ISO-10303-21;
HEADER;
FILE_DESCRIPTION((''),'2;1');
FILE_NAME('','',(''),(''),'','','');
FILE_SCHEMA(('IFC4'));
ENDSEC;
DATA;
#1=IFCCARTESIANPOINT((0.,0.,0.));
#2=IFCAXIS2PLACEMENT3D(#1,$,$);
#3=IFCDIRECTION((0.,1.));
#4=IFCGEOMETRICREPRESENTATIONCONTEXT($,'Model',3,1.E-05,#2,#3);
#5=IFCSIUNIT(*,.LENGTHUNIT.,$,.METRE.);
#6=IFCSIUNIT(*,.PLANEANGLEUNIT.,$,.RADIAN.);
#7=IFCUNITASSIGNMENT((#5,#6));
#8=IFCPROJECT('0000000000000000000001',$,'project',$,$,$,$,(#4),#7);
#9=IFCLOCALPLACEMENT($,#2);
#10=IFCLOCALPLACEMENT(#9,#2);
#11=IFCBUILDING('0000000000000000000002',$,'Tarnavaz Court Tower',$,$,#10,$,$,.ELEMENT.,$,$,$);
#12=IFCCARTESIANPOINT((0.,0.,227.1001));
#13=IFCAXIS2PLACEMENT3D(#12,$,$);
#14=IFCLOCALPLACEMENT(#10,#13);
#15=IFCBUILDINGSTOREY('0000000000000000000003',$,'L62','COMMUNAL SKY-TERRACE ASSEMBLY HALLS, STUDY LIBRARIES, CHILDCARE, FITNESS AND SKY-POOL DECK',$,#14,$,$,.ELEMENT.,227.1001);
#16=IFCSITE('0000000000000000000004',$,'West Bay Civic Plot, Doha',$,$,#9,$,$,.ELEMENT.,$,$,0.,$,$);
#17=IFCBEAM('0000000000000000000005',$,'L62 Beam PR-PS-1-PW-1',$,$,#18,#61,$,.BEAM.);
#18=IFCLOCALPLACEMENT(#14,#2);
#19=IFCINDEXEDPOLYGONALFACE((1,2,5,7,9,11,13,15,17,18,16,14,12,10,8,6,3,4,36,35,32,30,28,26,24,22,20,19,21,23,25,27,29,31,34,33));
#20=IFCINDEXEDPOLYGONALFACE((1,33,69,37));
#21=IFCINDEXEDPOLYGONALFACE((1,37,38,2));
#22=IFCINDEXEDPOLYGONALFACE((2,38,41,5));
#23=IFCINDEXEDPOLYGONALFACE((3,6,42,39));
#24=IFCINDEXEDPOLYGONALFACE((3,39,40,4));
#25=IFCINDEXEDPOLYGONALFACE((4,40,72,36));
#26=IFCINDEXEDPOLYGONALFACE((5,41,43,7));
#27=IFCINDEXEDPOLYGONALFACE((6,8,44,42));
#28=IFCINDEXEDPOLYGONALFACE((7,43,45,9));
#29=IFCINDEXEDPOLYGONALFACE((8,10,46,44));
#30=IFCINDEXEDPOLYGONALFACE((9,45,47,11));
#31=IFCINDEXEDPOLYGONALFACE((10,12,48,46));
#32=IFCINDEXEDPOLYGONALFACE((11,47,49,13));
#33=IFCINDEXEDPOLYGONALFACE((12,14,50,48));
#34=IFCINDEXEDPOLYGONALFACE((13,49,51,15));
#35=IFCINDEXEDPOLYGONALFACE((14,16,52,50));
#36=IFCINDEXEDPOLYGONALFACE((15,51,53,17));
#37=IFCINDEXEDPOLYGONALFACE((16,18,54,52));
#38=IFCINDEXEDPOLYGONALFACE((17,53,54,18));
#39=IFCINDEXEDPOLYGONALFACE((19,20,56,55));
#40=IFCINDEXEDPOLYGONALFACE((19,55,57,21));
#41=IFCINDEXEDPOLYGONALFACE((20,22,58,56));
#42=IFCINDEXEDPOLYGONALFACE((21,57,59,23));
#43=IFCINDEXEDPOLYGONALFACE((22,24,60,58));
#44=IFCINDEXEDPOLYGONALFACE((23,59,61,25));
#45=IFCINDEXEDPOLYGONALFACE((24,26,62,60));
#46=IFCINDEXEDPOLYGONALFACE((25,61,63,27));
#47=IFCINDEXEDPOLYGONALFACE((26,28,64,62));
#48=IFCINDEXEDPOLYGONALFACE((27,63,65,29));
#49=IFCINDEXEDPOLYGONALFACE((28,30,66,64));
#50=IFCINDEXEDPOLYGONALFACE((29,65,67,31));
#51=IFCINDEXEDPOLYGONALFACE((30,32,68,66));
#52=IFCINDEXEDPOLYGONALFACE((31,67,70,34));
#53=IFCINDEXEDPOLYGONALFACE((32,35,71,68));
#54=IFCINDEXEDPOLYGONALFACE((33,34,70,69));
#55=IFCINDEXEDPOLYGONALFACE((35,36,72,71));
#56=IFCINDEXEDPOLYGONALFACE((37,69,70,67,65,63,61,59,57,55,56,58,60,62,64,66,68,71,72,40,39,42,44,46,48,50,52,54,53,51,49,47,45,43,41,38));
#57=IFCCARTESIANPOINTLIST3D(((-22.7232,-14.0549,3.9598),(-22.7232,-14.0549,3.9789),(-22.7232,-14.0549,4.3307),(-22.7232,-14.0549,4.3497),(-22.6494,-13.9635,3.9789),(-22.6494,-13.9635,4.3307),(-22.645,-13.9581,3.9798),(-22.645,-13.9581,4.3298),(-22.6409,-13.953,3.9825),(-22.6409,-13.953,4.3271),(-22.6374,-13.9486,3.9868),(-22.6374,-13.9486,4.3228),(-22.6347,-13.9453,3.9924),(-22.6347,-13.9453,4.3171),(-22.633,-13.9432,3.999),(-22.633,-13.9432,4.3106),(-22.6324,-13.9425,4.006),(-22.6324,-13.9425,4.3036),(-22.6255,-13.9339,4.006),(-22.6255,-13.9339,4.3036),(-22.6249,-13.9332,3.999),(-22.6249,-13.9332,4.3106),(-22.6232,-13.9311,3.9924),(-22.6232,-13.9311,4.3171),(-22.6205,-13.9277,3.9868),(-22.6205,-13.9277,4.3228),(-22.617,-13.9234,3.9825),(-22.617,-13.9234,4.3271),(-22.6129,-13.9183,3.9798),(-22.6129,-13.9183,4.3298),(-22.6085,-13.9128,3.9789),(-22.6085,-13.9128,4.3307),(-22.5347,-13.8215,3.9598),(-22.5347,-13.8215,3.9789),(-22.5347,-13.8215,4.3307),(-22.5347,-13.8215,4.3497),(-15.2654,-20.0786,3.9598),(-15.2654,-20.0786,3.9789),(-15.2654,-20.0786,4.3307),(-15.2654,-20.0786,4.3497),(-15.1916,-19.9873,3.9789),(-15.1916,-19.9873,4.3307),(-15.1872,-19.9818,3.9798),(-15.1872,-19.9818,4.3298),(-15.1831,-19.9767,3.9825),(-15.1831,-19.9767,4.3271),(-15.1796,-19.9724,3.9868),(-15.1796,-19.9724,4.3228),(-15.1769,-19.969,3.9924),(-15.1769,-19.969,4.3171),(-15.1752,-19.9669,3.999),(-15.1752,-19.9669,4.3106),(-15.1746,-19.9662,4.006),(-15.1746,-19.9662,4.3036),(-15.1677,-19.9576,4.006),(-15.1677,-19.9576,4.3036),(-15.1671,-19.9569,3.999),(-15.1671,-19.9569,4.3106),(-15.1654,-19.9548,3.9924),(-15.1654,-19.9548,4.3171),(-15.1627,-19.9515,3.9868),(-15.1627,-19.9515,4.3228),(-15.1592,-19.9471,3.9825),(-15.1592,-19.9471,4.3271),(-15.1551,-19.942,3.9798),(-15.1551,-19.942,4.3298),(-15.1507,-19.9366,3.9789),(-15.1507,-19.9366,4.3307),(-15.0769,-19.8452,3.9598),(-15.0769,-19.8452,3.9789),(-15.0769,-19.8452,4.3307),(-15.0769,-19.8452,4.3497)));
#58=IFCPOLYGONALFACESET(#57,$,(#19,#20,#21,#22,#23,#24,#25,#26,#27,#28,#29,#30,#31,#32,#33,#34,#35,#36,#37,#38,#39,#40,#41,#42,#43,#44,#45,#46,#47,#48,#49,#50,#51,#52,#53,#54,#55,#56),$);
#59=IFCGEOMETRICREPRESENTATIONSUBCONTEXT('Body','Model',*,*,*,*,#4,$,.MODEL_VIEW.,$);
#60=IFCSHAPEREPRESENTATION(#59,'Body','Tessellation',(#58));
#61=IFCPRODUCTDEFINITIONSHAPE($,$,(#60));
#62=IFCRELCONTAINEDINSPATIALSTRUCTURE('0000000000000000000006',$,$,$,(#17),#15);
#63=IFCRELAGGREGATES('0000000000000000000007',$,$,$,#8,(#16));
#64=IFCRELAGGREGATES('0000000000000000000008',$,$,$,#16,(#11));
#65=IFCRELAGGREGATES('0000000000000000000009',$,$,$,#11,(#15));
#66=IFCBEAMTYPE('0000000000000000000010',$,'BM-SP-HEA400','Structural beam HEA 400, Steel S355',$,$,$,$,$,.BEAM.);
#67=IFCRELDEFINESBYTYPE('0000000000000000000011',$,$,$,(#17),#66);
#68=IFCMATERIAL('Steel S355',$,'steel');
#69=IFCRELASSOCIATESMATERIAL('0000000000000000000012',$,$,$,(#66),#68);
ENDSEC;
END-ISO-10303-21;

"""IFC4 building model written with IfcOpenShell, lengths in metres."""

from ifc_helpers import new_model, si_unit, direction, frame, origin, origin_2d, place, context, subcontext, project, spatial, i_section, extrude, material, material_profile, profile_set, type_object, element, save


model = new_model("IFC4")

# Units and contexts
model_context = context("Model", 3, precision=1e-05, world=origin(), true_north=direction((0.0, 1.0)))
body_context = subcontext(model_context, "Body", "Model", "MODEL_VIEW")
ifc_project = project(units=[si_unit("LENGTHUNIT", "METRE"), si_unit("PLANEANGLEUNIT", "RADIAN")], contexts=[model_context])

# Site, building, storey
site_placement = place(None, origin())
site = spatial("IfcSite", under=ifc_project, at=site_placement, Name="West Bay Civic Plot, Doha", CompositionType="ELEMENT", RefElevation=0.0)
building_placement = place(site_placement, origin())
building = spatial("IfcBuilding", under=site, at=building_placement, Name="Tarnavaz Court Tower", CompositionType="ELEMENT")
storey_placement = place(building_placement, frame((0.0, 0.0, 227.1001)))
storey = spatial("IfcBuildingStorey", under=building, at=storey_placement, Name="L62", Description="COMMUNAL SKY-TERRACE ASSEMBLY HALLS, STUDY LIBRARIES, CHILDCARE, FITNESS AND SKY-POOL DECK", CompositionType="ELEMENT", Elevation=227.1001)

# Beam
ifc_material_1 = material(Name="Steel S355", Category="steel")
ifc_material_profile_1 = material_profile(ifc_material_1, i_section(OverallWidth=0.3, OverallDepth=0.3899, WebThickness=0.011, FlangeThickness=0.019, FilletRadius=0.0271, at=origin_2d()), Name="HEA 400")
ifc_profile_set_1 = profile_set([ifc_material_profile_1], Name="Steel S355")
beam_type_1 = type_object("IfcBeamType", Name="BM-SP-HEA400", Description="Structural beam HEA 400, Steel S355", PredefinedType="BEAM", material=ifc_profile_set_1)
beam_1_placement = place(storey_placement, frame((-15.1711, -19.9619, 4.1548), z_axis=(-0.777936, 0.628344, 0.0), x_axis=(-0.628344, -0.777936, 0.0)))
element("IfcBeam", 1, at=beam_1_placement, inside=storey, type_object=beam_type_1, Name="L62 Beam PR-PS-1-PW-1", PredefinedType="BEAM", context=body_context, shape_type="SweptSolid", body=[
    extrude(i_section(OverallWidth=0.3, OverallDepth=0.3899, WebThickness=0.011, FlangeThickness=0.019, FilletRadius=0.0271, at=origin_2d()), origin(), (0.0, 0.0, 1.0), 9.5867),
])

save(model, "model.ifc")
